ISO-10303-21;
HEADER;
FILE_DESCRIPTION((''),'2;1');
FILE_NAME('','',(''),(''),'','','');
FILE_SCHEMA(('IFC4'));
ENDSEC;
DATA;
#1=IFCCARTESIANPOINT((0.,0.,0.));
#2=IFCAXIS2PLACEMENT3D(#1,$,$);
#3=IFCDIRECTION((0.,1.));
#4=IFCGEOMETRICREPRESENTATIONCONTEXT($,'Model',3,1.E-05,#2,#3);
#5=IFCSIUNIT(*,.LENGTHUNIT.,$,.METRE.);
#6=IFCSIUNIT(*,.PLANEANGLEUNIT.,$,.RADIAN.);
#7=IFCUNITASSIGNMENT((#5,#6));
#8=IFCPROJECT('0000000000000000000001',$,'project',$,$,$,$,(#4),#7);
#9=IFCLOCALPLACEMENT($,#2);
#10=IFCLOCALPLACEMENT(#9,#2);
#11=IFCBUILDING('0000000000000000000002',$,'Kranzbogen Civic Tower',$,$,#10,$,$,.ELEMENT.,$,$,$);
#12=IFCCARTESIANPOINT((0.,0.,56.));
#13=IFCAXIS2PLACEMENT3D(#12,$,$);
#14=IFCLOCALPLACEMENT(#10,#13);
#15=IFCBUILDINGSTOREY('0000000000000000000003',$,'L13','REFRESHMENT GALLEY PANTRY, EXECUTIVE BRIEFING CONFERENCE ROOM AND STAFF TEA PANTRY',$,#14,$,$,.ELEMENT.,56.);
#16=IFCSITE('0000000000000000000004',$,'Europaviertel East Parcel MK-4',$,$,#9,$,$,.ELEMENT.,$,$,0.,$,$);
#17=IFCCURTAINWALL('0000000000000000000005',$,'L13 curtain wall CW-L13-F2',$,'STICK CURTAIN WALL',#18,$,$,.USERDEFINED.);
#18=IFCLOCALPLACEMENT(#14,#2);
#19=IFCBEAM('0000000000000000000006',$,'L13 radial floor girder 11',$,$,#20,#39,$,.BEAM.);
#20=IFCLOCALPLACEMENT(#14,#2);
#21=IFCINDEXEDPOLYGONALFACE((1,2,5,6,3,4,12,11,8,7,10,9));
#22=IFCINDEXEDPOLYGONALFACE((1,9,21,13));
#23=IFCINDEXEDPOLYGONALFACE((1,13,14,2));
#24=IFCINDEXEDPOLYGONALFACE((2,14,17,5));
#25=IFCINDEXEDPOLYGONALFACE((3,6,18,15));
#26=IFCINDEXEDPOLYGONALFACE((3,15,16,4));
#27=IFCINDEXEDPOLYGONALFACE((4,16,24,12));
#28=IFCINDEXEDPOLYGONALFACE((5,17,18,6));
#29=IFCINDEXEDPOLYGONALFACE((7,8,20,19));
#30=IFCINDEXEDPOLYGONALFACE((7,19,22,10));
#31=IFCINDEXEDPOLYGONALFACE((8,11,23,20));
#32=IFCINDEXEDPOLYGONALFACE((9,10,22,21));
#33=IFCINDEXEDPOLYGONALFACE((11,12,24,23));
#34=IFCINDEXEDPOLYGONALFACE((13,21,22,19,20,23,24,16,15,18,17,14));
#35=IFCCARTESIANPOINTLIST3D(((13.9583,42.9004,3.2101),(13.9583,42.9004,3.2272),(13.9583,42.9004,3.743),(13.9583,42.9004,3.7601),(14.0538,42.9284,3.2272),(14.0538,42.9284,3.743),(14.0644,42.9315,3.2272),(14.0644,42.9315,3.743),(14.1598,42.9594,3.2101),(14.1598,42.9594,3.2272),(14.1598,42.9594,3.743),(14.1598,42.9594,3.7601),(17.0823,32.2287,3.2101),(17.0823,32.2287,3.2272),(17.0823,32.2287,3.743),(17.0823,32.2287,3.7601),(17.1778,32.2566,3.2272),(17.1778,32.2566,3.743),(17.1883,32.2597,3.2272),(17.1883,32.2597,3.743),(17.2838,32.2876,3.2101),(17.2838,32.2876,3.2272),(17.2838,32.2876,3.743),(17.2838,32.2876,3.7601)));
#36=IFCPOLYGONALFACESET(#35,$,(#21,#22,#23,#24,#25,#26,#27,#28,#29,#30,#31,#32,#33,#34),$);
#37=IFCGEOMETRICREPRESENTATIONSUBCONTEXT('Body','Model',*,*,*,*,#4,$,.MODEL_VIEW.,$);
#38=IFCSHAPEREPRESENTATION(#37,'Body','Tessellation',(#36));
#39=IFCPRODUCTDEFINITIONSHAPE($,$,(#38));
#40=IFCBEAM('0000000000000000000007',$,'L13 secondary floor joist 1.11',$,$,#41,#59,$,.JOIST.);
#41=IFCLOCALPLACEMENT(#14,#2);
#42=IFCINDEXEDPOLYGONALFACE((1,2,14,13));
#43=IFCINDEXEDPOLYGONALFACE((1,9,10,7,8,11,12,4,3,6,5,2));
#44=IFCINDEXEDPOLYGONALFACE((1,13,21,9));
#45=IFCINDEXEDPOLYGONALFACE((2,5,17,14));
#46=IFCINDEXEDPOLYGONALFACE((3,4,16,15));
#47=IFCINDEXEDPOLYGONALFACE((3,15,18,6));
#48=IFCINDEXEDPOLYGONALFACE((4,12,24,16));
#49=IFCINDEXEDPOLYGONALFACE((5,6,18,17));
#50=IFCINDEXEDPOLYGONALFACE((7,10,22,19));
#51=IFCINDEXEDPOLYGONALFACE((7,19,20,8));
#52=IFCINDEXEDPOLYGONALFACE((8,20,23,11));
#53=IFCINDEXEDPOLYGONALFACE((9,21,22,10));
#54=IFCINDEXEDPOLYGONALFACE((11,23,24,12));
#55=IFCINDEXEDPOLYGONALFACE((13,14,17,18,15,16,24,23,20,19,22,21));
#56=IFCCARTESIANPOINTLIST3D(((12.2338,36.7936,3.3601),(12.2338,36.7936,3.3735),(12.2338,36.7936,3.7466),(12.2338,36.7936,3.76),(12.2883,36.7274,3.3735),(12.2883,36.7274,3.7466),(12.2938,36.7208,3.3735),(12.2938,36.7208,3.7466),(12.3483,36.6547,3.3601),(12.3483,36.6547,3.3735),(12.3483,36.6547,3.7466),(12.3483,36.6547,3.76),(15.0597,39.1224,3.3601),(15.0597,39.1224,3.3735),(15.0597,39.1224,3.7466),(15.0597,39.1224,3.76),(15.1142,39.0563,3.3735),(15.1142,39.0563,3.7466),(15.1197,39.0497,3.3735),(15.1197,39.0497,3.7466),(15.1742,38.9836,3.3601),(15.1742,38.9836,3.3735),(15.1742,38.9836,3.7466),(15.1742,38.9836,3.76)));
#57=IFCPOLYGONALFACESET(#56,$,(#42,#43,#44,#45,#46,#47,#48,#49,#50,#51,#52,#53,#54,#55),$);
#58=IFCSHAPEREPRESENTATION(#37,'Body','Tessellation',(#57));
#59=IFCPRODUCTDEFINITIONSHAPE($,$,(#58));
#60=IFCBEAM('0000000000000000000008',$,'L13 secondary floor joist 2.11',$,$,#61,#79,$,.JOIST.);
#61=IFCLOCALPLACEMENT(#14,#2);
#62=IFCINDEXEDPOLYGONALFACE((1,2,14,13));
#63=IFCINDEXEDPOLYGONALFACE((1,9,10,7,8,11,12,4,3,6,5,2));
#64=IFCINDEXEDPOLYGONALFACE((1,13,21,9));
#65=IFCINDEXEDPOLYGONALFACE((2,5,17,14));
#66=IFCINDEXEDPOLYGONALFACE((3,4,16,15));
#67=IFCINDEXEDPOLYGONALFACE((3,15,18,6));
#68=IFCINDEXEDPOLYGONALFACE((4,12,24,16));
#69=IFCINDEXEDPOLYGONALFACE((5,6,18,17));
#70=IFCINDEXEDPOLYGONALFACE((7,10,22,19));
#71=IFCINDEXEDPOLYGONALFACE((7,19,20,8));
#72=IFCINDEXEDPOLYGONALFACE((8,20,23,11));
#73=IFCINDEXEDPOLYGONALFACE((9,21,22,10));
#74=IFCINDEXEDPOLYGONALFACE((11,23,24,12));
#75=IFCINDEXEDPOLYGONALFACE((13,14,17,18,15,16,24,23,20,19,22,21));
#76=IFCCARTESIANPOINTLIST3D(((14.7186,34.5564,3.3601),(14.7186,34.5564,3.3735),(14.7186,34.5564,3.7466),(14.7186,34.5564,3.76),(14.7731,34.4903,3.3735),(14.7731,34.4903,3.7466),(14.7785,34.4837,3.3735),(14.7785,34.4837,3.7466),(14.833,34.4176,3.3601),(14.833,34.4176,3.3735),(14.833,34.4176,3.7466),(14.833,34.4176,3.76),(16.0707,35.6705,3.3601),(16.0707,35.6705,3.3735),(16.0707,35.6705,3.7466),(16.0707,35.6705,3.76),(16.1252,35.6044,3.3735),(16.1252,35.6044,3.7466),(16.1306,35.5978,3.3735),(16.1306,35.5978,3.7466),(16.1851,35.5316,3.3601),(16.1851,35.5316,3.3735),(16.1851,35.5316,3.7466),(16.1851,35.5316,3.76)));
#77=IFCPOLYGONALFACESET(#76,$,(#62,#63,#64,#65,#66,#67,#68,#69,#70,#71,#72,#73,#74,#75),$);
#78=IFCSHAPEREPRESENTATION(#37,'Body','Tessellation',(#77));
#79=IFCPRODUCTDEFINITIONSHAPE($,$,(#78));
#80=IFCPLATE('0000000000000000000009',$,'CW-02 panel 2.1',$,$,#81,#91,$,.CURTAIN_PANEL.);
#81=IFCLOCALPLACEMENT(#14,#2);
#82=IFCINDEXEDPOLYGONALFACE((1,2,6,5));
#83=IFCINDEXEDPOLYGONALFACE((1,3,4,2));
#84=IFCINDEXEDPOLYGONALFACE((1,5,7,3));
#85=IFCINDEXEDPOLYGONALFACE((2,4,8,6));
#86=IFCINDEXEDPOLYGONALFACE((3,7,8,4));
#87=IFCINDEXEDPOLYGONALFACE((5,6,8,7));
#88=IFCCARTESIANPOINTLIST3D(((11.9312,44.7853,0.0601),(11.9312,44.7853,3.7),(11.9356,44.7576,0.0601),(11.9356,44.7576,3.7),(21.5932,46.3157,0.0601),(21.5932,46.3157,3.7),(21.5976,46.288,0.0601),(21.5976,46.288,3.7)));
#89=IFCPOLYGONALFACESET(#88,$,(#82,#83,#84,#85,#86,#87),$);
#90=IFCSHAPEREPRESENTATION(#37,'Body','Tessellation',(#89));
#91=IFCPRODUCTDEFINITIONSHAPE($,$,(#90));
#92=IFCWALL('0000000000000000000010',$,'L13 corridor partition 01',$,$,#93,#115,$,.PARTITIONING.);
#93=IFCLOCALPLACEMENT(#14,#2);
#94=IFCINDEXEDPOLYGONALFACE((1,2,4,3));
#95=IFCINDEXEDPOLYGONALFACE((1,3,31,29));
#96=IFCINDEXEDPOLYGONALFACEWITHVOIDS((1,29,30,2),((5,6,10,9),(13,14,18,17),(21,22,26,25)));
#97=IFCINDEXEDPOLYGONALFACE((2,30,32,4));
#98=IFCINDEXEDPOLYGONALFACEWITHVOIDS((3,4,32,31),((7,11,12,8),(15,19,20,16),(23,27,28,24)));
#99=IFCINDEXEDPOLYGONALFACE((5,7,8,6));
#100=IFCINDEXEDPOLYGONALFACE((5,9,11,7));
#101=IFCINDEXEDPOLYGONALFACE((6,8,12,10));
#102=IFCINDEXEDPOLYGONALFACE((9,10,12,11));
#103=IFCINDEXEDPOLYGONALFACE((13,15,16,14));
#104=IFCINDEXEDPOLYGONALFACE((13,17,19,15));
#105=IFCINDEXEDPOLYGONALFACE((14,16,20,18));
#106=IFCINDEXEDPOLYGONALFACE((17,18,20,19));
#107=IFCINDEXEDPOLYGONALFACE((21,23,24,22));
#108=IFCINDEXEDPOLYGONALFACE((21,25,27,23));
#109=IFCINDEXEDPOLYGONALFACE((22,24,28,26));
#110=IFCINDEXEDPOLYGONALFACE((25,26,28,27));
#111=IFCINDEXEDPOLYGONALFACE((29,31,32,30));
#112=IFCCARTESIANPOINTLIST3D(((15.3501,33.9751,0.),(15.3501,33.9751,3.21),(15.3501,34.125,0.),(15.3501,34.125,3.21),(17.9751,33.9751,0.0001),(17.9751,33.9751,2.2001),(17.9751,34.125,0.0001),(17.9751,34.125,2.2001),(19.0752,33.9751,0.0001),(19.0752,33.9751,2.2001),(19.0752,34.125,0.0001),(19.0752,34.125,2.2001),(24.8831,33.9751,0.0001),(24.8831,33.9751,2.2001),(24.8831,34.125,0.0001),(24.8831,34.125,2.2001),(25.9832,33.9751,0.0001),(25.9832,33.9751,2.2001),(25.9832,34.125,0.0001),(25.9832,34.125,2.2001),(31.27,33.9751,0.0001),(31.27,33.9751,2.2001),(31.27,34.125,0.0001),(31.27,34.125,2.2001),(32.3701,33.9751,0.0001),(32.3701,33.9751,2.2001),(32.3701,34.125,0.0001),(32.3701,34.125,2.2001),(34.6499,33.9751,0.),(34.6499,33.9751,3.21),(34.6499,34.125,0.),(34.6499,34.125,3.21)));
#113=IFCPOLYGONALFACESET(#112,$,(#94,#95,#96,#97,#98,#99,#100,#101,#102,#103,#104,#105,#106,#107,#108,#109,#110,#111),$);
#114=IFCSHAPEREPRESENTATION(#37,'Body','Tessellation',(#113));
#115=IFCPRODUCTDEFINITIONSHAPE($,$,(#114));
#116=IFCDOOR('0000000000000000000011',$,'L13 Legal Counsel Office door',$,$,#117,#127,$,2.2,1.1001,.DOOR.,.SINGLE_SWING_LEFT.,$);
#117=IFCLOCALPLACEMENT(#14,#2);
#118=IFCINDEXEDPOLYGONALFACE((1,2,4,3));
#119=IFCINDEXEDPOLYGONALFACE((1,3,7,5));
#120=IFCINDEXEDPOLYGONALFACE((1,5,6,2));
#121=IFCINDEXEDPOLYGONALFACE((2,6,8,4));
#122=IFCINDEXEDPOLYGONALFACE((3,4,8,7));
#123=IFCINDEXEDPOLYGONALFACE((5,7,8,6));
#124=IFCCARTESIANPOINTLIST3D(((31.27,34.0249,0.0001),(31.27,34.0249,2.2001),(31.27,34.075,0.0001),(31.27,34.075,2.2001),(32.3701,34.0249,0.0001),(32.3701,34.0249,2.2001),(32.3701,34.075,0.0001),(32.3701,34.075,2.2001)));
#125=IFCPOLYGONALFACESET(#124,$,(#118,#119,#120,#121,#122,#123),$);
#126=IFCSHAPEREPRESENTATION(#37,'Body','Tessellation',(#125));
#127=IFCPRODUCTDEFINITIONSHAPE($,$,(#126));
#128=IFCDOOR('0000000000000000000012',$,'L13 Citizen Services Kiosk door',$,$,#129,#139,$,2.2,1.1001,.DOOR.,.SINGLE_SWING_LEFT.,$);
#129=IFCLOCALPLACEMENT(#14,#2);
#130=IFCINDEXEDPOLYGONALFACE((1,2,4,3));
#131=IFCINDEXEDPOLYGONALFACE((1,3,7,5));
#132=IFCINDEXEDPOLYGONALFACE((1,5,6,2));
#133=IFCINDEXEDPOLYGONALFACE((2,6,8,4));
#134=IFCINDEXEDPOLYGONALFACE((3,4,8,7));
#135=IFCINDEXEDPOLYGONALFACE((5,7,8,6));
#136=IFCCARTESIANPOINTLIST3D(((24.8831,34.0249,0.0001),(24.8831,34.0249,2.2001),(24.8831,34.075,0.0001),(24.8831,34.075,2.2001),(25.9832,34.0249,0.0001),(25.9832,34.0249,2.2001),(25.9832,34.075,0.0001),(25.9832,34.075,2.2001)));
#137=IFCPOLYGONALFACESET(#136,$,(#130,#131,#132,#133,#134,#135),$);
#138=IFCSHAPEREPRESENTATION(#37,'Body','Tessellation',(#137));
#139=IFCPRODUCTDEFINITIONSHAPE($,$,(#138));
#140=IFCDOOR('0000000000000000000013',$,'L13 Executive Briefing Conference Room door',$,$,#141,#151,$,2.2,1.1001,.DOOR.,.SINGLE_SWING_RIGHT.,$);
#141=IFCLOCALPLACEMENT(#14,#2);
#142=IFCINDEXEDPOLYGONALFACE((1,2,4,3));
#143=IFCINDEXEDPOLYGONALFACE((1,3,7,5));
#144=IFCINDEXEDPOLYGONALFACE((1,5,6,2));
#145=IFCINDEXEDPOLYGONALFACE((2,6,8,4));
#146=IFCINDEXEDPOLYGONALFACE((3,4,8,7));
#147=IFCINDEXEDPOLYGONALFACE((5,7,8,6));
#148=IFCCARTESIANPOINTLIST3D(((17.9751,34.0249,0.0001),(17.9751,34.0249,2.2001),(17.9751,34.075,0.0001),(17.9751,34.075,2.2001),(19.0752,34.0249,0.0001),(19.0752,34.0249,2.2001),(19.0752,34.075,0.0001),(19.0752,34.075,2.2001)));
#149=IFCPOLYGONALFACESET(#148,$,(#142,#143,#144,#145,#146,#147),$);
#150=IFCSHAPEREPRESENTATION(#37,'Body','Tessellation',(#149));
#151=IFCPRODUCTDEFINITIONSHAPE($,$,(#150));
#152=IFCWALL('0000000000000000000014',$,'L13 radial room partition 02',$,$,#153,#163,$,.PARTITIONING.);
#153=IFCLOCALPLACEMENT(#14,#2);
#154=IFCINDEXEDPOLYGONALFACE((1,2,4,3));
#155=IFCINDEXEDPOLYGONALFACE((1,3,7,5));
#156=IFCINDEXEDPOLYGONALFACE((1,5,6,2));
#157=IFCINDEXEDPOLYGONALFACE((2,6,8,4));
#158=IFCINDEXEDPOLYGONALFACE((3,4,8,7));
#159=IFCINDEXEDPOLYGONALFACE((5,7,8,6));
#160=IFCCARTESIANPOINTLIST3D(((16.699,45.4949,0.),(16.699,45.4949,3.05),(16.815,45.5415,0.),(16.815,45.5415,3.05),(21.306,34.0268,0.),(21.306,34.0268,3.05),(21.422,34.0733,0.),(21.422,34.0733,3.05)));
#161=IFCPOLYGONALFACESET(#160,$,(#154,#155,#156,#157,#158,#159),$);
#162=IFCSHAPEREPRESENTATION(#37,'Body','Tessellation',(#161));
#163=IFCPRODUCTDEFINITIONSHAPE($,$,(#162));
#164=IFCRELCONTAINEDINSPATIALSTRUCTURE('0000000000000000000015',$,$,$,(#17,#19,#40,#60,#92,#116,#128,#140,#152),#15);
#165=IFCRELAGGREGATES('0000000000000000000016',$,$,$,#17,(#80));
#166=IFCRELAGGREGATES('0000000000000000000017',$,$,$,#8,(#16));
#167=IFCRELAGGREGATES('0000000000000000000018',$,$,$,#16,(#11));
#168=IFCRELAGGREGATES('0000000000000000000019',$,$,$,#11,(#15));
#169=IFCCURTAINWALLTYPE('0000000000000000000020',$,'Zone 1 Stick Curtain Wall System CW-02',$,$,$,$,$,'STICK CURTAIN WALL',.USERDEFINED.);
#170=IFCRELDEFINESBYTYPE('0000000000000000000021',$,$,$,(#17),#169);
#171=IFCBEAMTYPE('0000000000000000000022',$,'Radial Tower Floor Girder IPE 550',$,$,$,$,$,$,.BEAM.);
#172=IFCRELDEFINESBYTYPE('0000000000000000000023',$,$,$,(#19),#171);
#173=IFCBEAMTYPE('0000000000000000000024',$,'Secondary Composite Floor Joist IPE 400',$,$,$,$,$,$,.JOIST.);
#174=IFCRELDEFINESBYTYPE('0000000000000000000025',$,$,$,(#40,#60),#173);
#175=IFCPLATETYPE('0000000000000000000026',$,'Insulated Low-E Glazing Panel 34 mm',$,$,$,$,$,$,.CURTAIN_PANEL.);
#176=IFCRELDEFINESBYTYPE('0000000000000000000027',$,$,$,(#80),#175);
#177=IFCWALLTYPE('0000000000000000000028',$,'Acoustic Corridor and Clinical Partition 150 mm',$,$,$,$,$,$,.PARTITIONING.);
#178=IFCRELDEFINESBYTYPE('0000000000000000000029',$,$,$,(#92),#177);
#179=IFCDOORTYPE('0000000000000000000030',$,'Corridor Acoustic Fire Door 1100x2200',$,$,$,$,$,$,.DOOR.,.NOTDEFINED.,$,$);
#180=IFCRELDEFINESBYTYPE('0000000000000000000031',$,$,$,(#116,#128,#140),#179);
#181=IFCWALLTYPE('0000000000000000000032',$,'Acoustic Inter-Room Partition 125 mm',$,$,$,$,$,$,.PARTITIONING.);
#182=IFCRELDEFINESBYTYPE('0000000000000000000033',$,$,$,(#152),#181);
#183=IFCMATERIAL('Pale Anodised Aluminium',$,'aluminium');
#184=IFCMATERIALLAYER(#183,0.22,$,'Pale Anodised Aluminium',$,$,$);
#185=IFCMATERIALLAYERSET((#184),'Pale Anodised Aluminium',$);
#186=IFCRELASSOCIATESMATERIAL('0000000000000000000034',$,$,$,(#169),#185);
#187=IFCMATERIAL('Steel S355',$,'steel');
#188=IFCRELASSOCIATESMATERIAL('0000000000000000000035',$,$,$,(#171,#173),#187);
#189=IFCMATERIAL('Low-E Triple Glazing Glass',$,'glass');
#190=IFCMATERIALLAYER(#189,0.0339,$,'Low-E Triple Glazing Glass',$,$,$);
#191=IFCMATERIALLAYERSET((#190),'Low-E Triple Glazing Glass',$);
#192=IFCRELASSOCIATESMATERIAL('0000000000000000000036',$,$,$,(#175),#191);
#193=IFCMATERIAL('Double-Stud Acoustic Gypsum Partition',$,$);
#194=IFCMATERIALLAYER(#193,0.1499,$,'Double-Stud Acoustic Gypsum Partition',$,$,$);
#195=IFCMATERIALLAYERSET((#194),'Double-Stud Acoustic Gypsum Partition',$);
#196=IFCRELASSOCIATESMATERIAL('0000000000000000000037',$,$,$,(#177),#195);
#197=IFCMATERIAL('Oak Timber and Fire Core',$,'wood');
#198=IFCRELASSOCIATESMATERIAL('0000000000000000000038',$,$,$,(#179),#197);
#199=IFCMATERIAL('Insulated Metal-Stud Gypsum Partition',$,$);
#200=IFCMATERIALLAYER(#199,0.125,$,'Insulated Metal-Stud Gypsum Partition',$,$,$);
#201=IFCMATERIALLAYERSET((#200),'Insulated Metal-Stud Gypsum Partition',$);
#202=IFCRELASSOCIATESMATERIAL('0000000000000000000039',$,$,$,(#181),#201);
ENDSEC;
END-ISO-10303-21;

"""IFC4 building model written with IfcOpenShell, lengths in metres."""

from ifc_helpers import new_model, si_unit, direction, frame, frame_2d, origin, origin_2d, place, context, subcontext, project, spatial, rectangle, i_section, extrude, material, layer, layer_set, material_profile, profile_set, type_object, element, fill, aggregate, save


model = new_model("IFC4")

# Units and contexts
model_context = context("Model", 3, precision=1e-05, world=origin(), true_north=direction((0.0, 1.0)))
body_context = subcontext(model_context, "Body", "Model", "MODEL_VIEW")
ifc_project = project(units=[si_unit("LENGTHUNIT", "METRE"), si_unit("PLANEANGLEUNIT", "RADIAN")], contexts=[model_context])

# Site, building, storey
site_placement = place(None, origin())
site = spatial("IfcSite", under=ifc_project, at=site_placement, Name="Europaviertel East Parcel MK-4", CompositionType="ELEMENT", RefElevation=0.0)
building_placement = place(site_placement, origin())
building = spatial("IfcBuilding", under=site, at=building_placement, Name="Kranzbogen Civic Tower", CompositionType="ELEMENT")
storey_placement = place(building_placement, frame((0.0, 0.0, 56.0)))
storey = spatial("IfcBuildingStorey", under=building, at=storey_placement, Name="L13", Description="REFRESHMENT GALLEY PANTRY, EXECUTIVE BRIEFING CONFERENCE ROOM AND STAFF TEA PANTRY", CompositionType="ELEMENT", Elevation=56.0)

# Shared definitions
ifc_material_1 = material(Name="Steel S355", Category="steel")

# Curtain wall
ifc_material_2 = material(Name="Pale Anodised Aluminium", Category="aluminium")
ifc_layer_1 = layer(ifc_material_2, 0.22, Name="Pale Anodised Aluminium")
ifc_layer_set_1 = layer_set([ifc_layer_1], Name="Pale Anodised Aluminium")
curtain_wall_type = type_object("IfcCurtainWallType", Name="Zone 1 Stick Curtain Wall System CW-02", ElementType="STICK CURTAIN WALL", PredefinedType="USERDEFINED", material=ifc_layer_set_1)
curtain_wall_placement = place(storey_placement, origin())
curtain_wall = element("IfcCurtainWall", 1, at=curtain_wall_placement, inside=storey, type_object=curtain_wall_type, Name="L13 curtain wall CW-L13-F2", ObjectType="STICK CURTAIN WALL", PredefinedType="USERDEFINED")

# Beams
ifc_material_profile_1 = material_profile(ifc_material_1, i_section(OverallWidth=0.21, OverallDepth=0.55, WebThickness=0.011, FlangeThickness=0.0171, at=origin_2d()), Name="IPE 550")
ifc_profile_set_1 = profile_set([ifc_material_profile_1], Name="Steel S355")
beam_type_1 = type_object("IfcBeamType", Name="Radial Tower Floor Girder IPE 550", PredefinedType="BEAM", material=ifc_profile_set_1)
beam_1_placement = place(storey_placement, frame((14.0591, 42.9299, 3.4851), z_axis=(0.280944, -0.959724, 0.0), x_axis=(0.959724, 0.280944, 0.0)))
element("IfcBeam", 2, at=beam_1_placement, inside=storey, type_object=beam_type_1, Name="L13 radial floor girder 11", PredefinedType="BEAM", context=body_context, shape_type="SweptSolid", body=[
    extrude(i_section(OverallWidth=0.21, OverallDepth=0.55, WebThickness=0.011, FlangeThickness=0.0171, at=origin_2d()), origin(), (0.0, 0.0, 1.0), 11.1196),
])
ifc_material_profile_2 = material_profile(ifc_material_1, i_section(OverallWidth=0.1799, OverallDepth=0.3999, WebThickness=0.0085, FlangeThickness=0.0134, at=origin_2d()), Name="IPE 400")
ifc_profile_set_2 = profile_set([ifc_material_profile_2], Name="Steel S355")
beam_type_2 = type_object("IfcBeamType", Name="Secondary Composite Floor Joist IPE 400", PredefinedType="JOIST", material=ifc_profile_set_2)
beam_2_placement = place(storey_placement, frame((15.1169, 39.053, 3.5601), z_axis=(-0.771713, -0.635971, 0.0), x_axis=(0.635971, -0.771713, 0.0)))
element("IfcBeam", 3, at=beam_2_placement, inside=storey, type_object=beam_type_2, Name="L13 secondary floor joist 1.11", PredefinedType="JOIST", context=body_context, shape_type="SweptSolid", body=[
    extrude(i_section(OverallWidth=0.1799, OverallDepth=0.3999, WebThickness=0.0085, FlangeThickness=0.0134, at=origin_2d()), origin(), (0.0, 0.0, 1.0), 3.6619),
])
beam_3_placement = place(storey_placement, frame((16.1279, 35.6011, 3.5601), z_axis=(-0.771773, -0.635898, 0.0), x_axis=(0.635898, -0.771773, 0.0)))
element("IfcBeam", 4, at=beam_3_placement, inside=storey, type_object=beam_type_2, Name="L13 secondary floor joist 2.11", PredefinedType="JOIST", context=body_context, shape_type="SweptSolid", body=[
    extrude(i_section(OverallWidth=0.1799, OverallDepth=0.3999, WebThickness=0.0085, FlangeThickness=0.0134, at=origin_2d()), origin(), (0.0, 0.0, 1.0), 1.752),
])

# Plate
ifc_material_3 = material(Name="Low-E Triple Glazing Glass", Category="glass")
ifc_layer_2 = layer(ifc_material_3, 0.0339, Name="Low-E Triple Glazing Glass")
ifc_layer_set_2 = layer_set([ifc_layer_2], Name="Low-E Triple Glazing Glass")
plate_type = type_object("IfcPlateType", Name="Insulated Low-E Glazing Panel 34 mm", PredefinedType="CURTAIN_PANEL", material=ifc_layer_set_2)
plate_placement = place(storey_placement, frame((16.7644, 45.5366, 0.0601), z_axis=(0.0, 0.0, 1.0), x_axis=(-0.987687, -0.156444, 0.0)))
plate = element("IfcPlate", 5, at=plate_placement, type_object=plate_type, Name="CW-02 panel 2.1", PredefinedType="CURTAIN_PANEL", context=body_context, shape_type="SweptSolid", body=[
    extrude(rectangle(XDim=9.7825, YDim=0.0281, at=origin_2d()), origin(), (0.0, 0.0, 1.0), 3.6399),
])
aggregate(curtain_wall, [plate])

# Wall, openings, doors
ifc_material_4 = material(Name="Double-Stud Acoustic Gypsum Partition")
ifc_layer_3 = layer(ifc_material_4, 0.1499, Name="Double-Stud Acoustic Gypsum Partition")
ifc_layer_set_3 = layer_set([ifc_layer_3], Name="Double-Stud Acoustic Gypsum Partition")
wall_type_1 = type_object("IfcWallType", Name="Acoustic Corridor and Clinical Partition 150 mm", PredefinedType="PARTITIONING", material=ifc_layer_set_3)
wall_1_placement = place(storey_placement, frame((15.3501, 34.05, 0.0), z_axis=(0.0, 0.0, 1.0), x_axis=(1.0, 0.0, 0.0)))
wall_1 = element("IfcWall", 6, at=wall_1_placement, inside=storey, type_object=wall_type_1, Name="L13 corridor partition 01", PredefinedType="PARTITIONING", context=body_context, shape_type="SweptSolid", body=[
    extrude(rectangle(XDim=19.2998, YDim=0.1499, at=frame_2d((9.6499, 0.0))), origin(), (0.0, 0.0, 1.0), 3.21),
])
opening_1_placement = place(wall_1_placement, frame((15.9199, 0.0, 0.0)))
opening_1 = element("IfcOpeningElement", 7, at=opening_1_placement, cuts=wall_1, PredefinedType="OPENING", context=body_context, shape_type="SweptSolid", body=[
    extrude(rectangle(XDim=1.1001, YDim=2.2, at=frame_2d((0.55, 1.1001))), frame((0.0, 0.085, 0.0), z_axis=(0.0, -1.0, 0.0), x_axis=(1.0, 0.0, 0.0)), (0.0, 0.0, 1.0), 0.1699),
])
opening_2_placement = place(wall_1_placement, frame((9.533, 0.0, 0.0)))
opening_2 = element("IfcOpeningElement", 8, at=opening_2_placement, cuts=wall_1, PredefinedType="OPENING", context=body_context, shape_type="SweptSolid", body=[
    extrude(rectangle(XDim=1.1001, YDim=2.2, at=frame_2d((0.55, 1.1001))), frame((0.0, 0.085, 0.0), z_axis=(0.0, -1.0, 0.0), x_axis=(1.0, 0.0, 0.0)), (0.0, 0.0, 1.0), 0.1699),
])
opening_3_placement = place(wall_1_placement, frame((2.625, 0.0, 0.0)))
opening_3 = element("IfcOpeningElement", 9, at=opening_3_placement, cuts=wall_1, PredefinedType="OPENING", context=body_context, shape_type="SweptSolid", body=[
    extrude(rectangle(XDim=1.1001, YDim=2.2, at=frame_2d((0.55, 1.1001))), frame((0.0, 0.085, 0.0), z_axis=(0.0, -1.0, 0.0), x_axis=(1.0, 0.0, 0.0)), (0.0, 0.0, 1.0), 0.1699),
])
ifc_material_5 = material(Name="Oak Timber and Fire Core", Category="wood")
door_type_1 = type_object("IfcDoorType", Name="Corridor Acoustic Fire Door 1100x2200", OperationType="NOTDEFINED", PredefinedType="DOOR", material=ifc_material_5)
door_1_placement = place(opening_1_placement, origin())
door_1 = element("IfcDoor", 10, at=door_1_placement, inside=storey, type_object=door_type_1, Name="L13 Legal Counsel Office door", OperationType="SINGLE_SWING_LEFT", OverallHeight=2.2, OverallWidth=1.1001, PredefinedType="DOOR", context=body_context, shape_type="SweptSolid", body=[
    extrude(rectangle(XDim=1.1001, YDim=2.2, at=frame_2d((0.55, 1.1001))), frame((0.0, 0.0249, 0.0), z_axis=(0.0, -1.0, 0.0), x_axis=(1.0, 0.0, 0.0)), (0.0, 0.0, 1.0), 0.05),
])
fill(opening_1, door_1)
door_2_placement = place(opening_2_placement, origin())
door_2 = element("IfcDoor", 11, at=door_2_placement, inside=storey, type_object=door_type_1, Name="L13 Citizen Services Kiosk door", OperationType="SINGLE_SWING_LEFT", OverallHeight=2.2, OverallWidth=1.1001, PredefinedType="DOOR", context=body_context, shape_type="SweptSolid", body=[
    extrude(rectangle(XDim=1.1001, YDim=2.2, at=frame_2d((0.55, 1.1001))), frame((0.0, 0.0249, 0.0), z_axis=(0.0, -1.0, 0.0), x_axis=(1.0, 0.0, 0.0)), (0.0, 0.0, 1.0), 0.05),
])
fill(opening_2, door_2)
door_3_placement = place(opening_3_placement, origin())
door_3 = element("IfcDoor", 12, at=door_3_placement, inside=storey, type_object=door_type_1, Name="L13 Executive Briefing Conference Room door", OperationType="SINGLE_SWING_RIGHT", OverallHeight=2.2, OverallWidth=1.1001, PredefinedType="DOOR", context=body_context, shape_type="SweptSolid", body=[
    extrude(rectangle(XDim=1.1001, YDim=2.2, at=frame_2d((0.55, 1.1001))), frame((0.0, 0.0249, 0.0), z_axis=(0.0, -1.0, 0.0), x_axis=(1.0, 0.0, 0.0)), (0.0, 0.0, 1.0), 0.05),
])
fill(opening_3, door_3)

# Wall
ifc_material_6 = material(Name="Insulated Metal-Stud Gypsum Partition")
ifc_layer_4 = layer(ifc_material_6, 0.125, Name="Insulated Metal-Stud Gypsum Partition")
ifc_layer_set_4 = layer_set([ifc_layer_4], Name="Insulated Metal-Stud Gypsum Partition")
wall_type_2 = type_object("IfcWallType", Name="Acoustic Inter-Room Partition 125 mm", PredefinedType="PARTITIONING", material=ifc_layer_set_4)
wall_2_placement = place(storey_placement, frame((21.364, 34.05, 0.0), z_axis=(0.0, 0.0, 1.0), x_axis=(-0.372766, 0.927925, 0.0)))
element("IfcWall", 13, at=wall_2_placement, inside=storey, type_object=wall_type_2, Name="L13 radial room partition 02", PredefinedType="PARTITIONING", context=body_context, shape_type="SweptSolid", body=[
    extrude(rectangle(XDim=12.3589, YDim=0.125, at=frame_2d((6.1794, 0.0))), origin(), (0.0, 0.0, 1.0), 3.05),
])

save(model, "model.ifc")
